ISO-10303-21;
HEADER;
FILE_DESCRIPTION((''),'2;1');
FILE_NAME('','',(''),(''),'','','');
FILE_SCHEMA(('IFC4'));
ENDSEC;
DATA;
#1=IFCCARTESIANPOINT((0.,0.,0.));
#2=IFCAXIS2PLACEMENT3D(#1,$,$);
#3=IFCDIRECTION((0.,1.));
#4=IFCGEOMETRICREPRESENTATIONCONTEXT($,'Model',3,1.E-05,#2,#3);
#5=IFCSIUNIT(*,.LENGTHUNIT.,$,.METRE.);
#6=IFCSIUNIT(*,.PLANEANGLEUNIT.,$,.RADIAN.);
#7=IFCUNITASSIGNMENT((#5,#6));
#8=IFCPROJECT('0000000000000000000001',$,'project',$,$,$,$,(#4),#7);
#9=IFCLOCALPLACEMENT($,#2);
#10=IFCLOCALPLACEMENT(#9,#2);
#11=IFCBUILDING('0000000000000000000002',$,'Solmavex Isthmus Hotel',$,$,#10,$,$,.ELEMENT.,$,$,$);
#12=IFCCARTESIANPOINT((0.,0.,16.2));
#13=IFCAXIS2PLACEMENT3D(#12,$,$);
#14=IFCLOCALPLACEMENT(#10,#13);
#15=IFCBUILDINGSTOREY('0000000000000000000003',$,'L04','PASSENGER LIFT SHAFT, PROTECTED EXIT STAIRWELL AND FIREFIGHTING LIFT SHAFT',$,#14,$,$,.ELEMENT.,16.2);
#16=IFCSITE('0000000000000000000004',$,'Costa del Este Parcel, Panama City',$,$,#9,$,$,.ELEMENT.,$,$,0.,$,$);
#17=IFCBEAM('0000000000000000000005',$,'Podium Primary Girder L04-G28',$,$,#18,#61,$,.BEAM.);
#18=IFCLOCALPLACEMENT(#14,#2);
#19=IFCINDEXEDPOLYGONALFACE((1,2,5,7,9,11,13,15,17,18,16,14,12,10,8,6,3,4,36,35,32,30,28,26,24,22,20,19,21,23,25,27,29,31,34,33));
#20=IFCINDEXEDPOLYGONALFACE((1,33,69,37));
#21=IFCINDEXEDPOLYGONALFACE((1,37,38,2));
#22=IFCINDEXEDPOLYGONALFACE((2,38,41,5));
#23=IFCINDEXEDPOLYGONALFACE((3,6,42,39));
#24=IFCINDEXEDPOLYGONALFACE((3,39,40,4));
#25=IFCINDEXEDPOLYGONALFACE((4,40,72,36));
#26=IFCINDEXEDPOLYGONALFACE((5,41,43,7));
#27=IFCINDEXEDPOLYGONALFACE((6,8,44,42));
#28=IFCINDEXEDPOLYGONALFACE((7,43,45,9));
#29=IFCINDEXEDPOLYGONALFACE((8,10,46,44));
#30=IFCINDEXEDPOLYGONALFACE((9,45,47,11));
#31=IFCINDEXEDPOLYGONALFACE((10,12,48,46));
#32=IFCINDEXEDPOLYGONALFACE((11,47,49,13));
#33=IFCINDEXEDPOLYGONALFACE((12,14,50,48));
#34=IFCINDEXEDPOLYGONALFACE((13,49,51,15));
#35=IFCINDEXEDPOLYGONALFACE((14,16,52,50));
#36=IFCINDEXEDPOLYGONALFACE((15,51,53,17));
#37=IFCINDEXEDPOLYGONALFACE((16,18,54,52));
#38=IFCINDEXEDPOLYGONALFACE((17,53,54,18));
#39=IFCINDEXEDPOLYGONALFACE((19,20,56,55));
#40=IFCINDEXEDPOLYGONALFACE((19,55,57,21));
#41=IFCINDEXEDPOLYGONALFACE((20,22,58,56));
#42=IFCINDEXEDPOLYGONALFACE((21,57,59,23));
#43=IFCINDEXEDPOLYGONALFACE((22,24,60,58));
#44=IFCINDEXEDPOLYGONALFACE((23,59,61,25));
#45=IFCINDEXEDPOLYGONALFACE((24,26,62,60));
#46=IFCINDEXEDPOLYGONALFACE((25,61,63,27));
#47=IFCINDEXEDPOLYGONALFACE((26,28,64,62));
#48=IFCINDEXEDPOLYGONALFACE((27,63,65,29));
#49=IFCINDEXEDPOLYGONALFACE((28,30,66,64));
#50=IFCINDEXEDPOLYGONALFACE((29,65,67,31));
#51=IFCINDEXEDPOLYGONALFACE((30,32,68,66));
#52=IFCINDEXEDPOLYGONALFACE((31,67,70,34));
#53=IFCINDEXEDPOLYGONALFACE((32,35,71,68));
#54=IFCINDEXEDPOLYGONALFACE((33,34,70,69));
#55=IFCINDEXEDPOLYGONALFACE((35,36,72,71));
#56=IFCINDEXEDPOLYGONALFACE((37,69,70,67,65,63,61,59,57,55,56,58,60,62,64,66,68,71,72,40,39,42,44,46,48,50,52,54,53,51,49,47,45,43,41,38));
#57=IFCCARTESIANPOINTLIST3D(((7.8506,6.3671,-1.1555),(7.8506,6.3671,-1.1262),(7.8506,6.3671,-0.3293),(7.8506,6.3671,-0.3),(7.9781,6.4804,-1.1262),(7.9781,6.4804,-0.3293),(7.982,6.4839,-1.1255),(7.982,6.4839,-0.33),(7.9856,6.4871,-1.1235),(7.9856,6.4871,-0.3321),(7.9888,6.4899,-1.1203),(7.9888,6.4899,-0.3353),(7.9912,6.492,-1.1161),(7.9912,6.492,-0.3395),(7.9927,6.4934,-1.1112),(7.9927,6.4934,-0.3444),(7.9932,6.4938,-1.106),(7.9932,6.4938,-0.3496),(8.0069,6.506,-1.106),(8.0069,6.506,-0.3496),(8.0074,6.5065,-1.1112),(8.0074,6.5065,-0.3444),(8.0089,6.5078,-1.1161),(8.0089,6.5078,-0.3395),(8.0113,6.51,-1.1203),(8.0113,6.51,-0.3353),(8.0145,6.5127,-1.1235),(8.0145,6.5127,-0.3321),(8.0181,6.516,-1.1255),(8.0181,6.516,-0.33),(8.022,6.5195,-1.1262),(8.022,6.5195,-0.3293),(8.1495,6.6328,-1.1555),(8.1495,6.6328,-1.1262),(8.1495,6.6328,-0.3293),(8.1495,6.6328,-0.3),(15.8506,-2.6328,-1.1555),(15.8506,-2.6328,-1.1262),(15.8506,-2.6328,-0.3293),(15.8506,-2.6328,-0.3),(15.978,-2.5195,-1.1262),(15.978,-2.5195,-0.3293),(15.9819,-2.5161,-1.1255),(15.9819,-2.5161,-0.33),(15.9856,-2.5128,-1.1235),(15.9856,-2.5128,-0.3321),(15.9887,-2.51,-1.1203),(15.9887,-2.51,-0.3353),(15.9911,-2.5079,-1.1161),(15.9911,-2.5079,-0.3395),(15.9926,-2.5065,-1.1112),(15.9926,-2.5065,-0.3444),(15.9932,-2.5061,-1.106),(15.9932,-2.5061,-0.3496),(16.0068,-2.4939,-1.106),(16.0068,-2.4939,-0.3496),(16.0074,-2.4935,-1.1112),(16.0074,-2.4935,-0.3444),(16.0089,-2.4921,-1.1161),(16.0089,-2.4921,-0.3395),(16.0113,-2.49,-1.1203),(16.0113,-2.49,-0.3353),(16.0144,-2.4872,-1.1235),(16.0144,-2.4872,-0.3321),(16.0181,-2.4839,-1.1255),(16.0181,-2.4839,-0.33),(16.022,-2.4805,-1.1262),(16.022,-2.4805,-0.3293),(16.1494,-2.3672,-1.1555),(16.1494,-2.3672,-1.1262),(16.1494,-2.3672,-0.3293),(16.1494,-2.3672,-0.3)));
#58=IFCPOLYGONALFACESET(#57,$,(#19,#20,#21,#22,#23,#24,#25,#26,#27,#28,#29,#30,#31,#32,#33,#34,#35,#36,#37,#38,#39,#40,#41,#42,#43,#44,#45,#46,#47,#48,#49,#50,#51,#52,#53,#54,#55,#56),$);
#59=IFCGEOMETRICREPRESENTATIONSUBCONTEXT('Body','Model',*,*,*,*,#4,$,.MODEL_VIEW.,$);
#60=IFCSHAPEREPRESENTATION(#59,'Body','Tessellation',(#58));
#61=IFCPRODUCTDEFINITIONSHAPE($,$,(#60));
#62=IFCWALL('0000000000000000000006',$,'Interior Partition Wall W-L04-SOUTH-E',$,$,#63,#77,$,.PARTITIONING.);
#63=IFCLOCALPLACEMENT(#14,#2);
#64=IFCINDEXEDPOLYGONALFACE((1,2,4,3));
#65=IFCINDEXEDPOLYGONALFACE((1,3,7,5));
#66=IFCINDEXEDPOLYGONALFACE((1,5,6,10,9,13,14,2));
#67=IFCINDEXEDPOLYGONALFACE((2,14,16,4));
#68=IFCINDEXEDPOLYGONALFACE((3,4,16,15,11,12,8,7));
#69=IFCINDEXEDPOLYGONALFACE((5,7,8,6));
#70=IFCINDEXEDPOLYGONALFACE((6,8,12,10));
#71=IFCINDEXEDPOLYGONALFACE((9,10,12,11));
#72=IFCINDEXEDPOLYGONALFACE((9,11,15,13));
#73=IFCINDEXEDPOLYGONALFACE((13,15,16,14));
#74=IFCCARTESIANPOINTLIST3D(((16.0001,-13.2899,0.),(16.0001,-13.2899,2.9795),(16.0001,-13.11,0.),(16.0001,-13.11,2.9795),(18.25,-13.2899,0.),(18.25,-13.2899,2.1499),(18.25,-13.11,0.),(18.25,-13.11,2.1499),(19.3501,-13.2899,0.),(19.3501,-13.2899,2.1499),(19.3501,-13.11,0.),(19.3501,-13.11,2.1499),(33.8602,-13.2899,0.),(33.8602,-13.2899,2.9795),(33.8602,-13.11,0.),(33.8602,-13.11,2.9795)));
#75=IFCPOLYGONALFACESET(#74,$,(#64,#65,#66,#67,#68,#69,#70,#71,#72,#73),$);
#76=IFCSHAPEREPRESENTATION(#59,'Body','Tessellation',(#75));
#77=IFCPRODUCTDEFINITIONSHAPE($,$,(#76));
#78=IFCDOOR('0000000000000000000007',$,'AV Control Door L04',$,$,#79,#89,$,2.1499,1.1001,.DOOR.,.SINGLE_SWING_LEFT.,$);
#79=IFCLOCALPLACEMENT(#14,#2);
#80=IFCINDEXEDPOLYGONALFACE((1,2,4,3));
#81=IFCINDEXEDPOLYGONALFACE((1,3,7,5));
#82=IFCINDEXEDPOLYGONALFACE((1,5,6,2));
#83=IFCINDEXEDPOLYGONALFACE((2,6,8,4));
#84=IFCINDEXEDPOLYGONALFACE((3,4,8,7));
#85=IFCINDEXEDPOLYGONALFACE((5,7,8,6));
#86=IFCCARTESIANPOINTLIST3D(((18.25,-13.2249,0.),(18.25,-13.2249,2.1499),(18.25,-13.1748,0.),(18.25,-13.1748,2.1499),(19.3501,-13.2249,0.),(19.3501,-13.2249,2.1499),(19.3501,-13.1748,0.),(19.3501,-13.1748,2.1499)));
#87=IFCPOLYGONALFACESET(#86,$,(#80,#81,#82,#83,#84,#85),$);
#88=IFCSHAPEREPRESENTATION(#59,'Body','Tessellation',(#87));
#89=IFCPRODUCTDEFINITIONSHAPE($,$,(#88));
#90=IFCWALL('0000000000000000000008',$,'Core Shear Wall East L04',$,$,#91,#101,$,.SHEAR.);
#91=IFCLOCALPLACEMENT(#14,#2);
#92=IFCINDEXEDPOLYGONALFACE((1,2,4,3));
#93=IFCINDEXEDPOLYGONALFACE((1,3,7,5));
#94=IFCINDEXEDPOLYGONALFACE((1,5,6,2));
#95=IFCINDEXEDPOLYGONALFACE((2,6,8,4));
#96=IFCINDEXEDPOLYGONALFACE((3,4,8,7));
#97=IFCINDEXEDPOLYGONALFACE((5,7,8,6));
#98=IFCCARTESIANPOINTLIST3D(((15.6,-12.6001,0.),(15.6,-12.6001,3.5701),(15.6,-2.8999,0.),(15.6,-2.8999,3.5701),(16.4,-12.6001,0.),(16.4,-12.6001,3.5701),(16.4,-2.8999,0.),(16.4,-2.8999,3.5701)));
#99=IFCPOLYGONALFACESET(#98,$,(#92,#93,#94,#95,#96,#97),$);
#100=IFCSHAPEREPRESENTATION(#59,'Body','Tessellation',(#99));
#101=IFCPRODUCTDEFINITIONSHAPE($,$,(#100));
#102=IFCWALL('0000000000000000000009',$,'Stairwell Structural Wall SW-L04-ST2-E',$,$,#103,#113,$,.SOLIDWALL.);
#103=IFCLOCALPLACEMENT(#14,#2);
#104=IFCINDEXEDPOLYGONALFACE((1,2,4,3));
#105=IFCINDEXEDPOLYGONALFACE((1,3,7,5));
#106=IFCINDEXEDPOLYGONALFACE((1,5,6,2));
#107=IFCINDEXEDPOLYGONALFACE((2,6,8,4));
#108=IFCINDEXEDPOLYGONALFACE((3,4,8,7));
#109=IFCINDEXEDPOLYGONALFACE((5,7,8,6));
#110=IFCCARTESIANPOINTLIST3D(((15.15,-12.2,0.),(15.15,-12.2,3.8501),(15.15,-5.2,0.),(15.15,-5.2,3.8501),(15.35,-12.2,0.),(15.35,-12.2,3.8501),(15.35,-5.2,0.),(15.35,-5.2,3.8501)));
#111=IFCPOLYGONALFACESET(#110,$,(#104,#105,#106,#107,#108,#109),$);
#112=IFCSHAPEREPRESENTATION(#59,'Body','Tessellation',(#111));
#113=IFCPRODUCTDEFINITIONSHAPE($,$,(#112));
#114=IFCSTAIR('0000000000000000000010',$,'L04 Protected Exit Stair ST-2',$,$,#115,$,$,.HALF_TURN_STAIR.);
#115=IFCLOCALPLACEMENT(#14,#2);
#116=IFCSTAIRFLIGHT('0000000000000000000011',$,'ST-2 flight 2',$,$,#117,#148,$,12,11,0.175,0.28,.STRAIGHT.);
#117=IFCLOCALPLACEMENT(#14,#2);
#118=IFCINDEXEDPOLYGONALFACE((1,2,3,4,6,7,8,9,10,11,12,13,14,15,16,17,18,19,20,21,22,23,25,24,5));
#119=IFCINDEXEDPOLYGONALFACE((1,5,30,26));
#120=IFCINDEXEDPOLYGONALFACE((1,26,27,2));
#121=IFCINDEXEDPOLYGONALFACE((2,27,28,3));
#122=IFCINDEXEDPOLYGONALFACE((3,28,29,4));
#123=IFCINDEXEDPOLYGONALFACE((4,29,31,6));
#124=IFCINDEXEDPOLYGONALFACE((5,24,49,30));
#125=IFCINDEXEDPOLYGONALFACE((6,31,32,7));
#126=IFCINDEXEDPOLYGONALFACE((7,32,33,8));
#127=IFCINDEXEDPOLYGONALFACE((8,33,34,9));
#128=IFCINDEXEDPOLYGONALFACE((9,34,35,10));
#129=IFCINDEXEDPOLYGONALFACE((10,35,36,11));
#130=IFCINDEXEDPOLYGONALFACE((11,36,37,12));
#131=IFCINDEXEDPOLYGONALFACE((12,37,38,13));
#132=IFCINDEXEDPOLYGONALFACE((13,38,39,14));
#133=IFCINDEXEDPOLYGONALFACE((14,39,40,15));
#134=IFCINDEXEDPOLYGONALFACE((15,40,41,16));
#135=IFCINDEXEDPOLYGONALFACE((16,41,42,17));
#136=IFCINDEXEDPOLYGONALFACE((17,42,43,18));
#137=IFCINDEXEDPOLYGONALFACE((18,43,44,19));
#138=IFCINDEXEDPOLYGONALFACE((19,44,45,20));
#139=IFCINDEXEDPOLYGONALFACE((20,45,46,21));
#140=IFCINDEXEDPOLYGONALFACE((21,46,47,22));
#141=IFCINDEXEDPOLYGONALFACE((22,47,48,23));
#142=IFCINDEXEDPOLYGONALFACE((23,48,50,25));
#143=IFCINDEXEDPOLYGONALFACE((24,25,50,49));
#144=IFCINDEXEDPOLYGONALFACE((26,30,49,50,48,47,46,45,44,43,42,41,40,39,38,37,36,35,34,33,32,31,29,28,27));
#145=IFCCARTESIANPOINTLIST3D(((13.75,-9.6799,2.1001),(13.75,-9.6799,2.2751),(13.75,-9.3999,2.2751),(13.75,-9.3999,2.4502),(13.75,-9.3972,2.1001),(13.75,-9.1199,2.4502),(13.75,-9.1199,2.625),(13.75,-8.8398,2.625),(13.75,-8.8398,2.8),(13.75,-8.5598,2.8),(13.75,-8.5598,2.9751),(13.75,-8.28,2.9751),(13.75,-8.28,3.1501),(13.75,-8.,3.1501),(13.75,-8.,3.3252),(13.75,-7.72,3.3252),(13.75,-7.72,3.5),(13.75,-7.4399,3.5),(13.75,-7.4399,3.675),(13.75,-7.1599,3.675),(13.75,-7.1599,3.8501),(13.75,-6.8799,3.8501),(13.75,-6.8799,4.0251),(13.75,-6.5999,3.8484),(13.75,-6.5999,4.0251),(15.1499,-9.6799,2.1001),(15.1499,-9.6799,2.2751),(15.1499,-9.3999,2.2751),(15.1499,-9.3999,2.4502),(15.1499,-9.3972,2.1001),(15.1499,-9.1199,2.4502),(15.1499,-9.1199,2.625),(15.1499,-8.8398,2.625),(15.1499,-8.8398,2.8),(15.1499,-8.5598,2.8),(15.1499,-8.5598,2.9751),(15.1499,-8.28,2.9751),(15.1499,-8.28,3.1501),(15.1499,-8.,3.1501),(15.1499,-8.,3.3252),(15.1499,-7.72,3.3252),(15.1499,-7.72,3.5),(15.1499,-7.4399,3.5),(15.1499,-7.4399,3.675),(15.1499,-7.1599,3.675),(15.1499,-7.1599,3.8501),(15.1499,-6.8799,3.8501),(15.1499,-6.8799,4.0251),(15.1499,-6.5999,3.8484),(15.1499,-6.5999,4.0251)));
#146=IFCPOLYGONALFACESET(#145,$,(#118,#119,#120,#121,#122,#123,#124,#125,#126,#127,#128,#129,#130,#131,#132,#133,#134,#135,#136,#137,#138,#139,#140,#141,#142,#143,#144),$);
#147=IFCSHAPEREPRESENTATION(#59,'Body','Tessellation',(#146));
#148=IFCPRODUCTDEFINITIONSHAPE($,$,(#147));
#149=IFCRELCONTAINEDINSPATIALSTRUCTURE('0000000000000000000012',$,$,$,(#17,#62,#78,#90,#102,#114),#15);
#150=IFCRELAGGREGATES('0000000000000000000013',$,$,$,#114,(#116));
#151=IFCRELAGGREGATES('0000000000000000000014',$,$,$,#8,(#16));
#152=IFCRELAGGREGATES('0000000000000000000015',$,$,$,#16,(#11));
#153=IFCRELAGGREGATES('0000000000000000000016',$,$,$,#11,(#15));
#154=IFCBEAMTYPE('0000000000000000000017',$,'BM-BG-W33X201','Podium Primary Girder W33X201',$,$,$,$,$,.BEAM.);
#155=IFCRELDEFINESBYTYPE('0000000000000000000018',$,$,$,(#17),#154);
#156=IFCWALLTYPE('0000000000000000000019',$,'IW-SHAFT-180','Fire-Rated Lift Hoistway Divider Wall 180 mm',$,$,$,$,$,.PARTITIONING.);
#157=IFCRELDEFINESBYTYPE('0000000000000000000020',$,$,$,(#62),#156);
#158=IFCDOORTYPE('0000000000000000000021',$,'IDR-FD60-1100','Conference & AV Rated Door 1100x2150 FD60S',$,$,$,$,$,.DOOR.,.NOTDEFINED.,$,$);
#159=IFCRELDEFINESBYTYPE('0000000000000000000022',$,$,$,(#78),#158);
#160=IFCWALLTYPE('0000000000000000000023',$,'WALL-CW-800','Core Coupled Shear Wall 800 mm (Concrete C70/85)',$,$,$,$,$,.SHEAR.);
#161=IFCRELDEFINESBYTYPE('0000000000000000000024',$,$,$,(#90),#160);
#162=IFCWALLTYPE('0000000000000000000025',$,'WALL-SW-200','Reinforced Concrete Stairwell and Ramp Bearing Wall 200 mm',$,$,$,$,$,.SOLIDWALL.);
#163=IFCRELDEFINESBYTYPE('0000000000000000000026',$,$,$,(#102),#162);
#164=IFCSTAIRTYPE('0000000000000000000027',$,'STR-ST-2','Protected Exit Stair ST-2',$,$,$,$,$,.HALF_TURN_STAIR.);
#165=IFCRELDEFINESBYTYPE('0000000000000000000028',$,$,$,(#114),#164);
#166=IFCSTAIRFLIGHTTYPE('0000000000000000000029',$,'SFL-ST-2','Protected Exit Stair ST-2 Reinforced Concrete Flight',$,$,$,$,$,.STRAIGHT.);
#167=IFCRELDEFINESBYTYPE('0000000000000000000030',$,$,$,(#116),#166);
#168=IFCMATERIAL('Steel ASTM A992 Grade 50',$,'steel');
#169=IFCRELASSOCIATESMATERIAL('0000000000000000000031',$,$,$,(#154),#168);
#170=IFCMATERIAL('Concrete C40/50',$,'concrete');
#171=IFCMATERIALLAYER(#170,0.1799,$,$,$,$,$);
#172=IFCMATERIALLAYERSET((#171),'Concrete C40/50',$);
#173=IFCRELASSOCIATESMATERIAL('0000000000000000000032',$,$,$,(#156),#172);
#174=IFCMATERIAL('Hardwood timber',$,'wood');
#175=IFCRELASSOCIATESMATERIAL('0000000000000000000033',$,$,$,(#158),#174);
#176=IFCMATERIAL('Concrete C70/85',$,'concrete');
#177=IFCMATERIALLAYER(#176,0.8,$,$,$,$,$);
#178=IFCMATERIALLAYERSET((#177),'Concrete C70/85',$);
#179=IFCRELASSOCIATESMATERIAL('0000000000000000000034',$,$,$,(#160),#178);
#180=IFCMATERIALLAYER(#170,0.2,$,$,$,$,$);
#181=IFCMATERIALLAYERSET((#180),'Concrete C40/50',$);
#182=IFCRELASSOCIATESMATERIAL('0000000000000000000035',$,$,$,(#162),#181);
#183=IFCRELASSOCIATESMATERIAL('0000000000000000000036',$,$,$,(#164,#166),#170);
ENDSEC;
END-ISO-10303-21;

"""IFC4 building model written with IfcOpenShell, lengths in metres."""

from ifc_helpers import new_model, si_unit, direction, frame, frame_2d, origin, origin_2d, place, context, subcontext, project, spatial, polyline, rectangle, i_section, outline, extrude, material, layer, layer_set, material_profile, profile_set, type_object, element, fill, aggregate, save


model = new_model("IFC4")

# Units and contexts
model_context = context("Model", 3, precision=1e-05, world=origin(), true_north=direction((0.0, 1.0)))
body_context = subcontext(model_context, "Body", "Model", "MODEL_VIEW")
ifc_project = project(units=[si_unit("LENGTHUNIT", "METRE"), si_unit("PLANEANGLEUNIT", "RADIAN")], contexts=[model_context])

# Site, building, storey
site_placement = place(None, origin())
site = spatial("IfcSite", under=ifc_project, at=site_placement, Name="Costa del Este Parcel, Panama City", CompositionType="ELEMENT", RefElevation=0.0)
building_placement = place(site_placement, origin())
building = spatial("IfcBuilding", under=site, at=building_placement, Name="Solmavex Isthmus Hotel", CompositionType="ELEMENT")
storey_placement = place(building_placement, frame((0.0, 0.0, 16.2)))
storey = spatial("IfcBuildingStorey", under=building, at=storey_placement, Name="L04", Description="PASSENGER LIFT SHAFT, PROTECTED EXIT STAIRWELL AND FIREFIGHTING LIFT SHAFT", CompositionType="ELEMENT", Elevation=16.2)

# Shared definitions
ifc_material_1 = material(Name="Concrete C70/85", Category="concrete")

# Beam
ifc_material_2 = material(Name="Steel ASTM A992 Grade 50", Category="steel")
ifc_material_profile_1 = material_profile(ifc_material_2, i_section(OverallWidth=0.3999, OverallDepth=0.8555, WebThickness=0.0183, FlangeThickness=0.0293, FilletRadius=0.0203, at=origin_2d()), Name="W33X201")
ifc_profile_set_1 = profile_set([ifc_material_profile_1], Name="Steel ASTM A992 Grade 50")
beam_type_1 = type_object("IfcBeamType", Name="BM-BG-W33X201", Description="Podium Primary Girder W33X201", PredefinedType="BEAM", material=ifc_profile_set_1)
beam_1_placement = place(storey_placement, frame((16.0, -2.5, -0.7278), z_axis=(-0.664364, 0.747409, 0.0), x_axis=(-0.747409, -0.664364, 0.0)))
element("IfcBeam", 1, at=beam_1_placement, inside=storey, type_object=beam_type_1, Name="Podium Primary Girder L04-G28", PredefinedType="BEAM", context=body_context, shape_type="SweptSolid", body=[
    extrude(i_section(OverallWidth=0.3999, OverallDepth=0.8555, WebThickness=0.0183, FlangeThickness=0.0293, FilletRadius=0.0203, at=origin_2d()), origin(), (0.0, 0.0, 1.0), 12.0415),
])

# Wall, opening, door
ifc_material_3 = material(Name="Concrete C40/50", Category="concrete")
ifc_layer_1 = layer(ifc_material_3, 0.1799)
ifc_layer_set_1 = layer_set([ifc_layer_1], Name="Concrete C40/50")
wall_type_1 = type_object("IfcWallType", Name="IW-SHAFT-180", Description="Fire-Rated Lift Hoistway Divider Wall 180 mm", PredefinedType="PARTITIONING", material=ifc_layer_set_1)
wall_1_placement = place(storey_placement, frame((16.0, -13.2, 0.0), z_axis=(0.0, 0.0, 1.0), x_axis=(1.0, 0.0, 0.0)))
wall_1 = element("IfcWall", 2, at=wall_1_placement, inside=storey, type_object=wall_type_1, Name="Interior Partition Wall W-L04-SOUTH-E", PredefinedType="PARTITIONING", context=body_context, shape_type="SweptSolid", body=[
    extrude(rectangle(XDim=17.8601, YDim=0.1799, at=frame_2d((8.9302, 0.0))), origin(), (0.0, 0.0, 1.0), 2.9795),
])
opening_placement = place(wall_1_placement, frame((2.25, 0.0, 0.0)))
opening = element("IfcOpeningElement", 3, at=opening_placement, cuts=wall_1, PredefinedType="OPENING", context=body_context, shape_type="SweptSolid", body=[
    extrude(rectangle(XDim=1.1001, YDim=2.1499, at=frame_2d((0.55, 1.075))), frame((0.0, 0.0999, 0.0), z_axis=(0.0, -1.0, 0.0), x_axis=(1.0, 0.0, 0.0)), (0.0, 0.0, 1.0), 0.2),
])
ifc_material_4 = material(Name="Hardwood timber", Category="wood")
door_type = type_object("IfcDoorType", Name="IDR-FD60-1100", Description="Conference & AV Rated Door 1100x2150 FD60S", OperationType="NOTDEFINED", PredefinedType="DOOR", material=ifc_material_4)
door_placement = place(opening_placement, frame((1.1001, 0.0, 0.0), z_axis=(0.0, 0.0, 1.0), x_axis=(-1.0, 0.0, 0.0)))
door = element("IfcDoor", 4, at=door_placement, inside=storey, type_object=door_type, Name="AV Control Door L04", OperationType="SINGLE_SWING_LEFT", OverallHeight=2.1499, OverallWidth=1.1001, PredefinedType="DOOR", context=body_context, shape_type="SweptSolid", body=[
    extrude(rectangle(XDim=1.1001, YDim=2.1499, at=frame_2d((0.55, 1.075))), frame((0.0, 0.0249, 0.0), z_axis=(0.0, -1.0, 0.0), x_axis=(1.0, 0.0, 0.0)), (0.0, 0.0, 1.0), 0.05),
])
fill(opening, door)

# Walls
ifc_layer_2 = layer(ifc_material_1, 0.8)
ifc_layer_set_2 = layer_set([ifc_layer_2], Name="Concrete C70/85")
wall_type_2 = type_object("IfcWallType", Name="WALL-CW-800", Description="Core Coupled Shear Wall 800 mm (Concrete C70/85)", PredefinedType="SHEAR", material=ifc_layer_set_2)
wall_2_placement = place(storey_placement, frame((16.0, -12.6001, 0.0), z_axis=(0.0, 0.0, 1.0), x_axis=(0.0, 1.0, 0.0)))
element("IfcWall", 5, at=wall_2_placement, inside=storey, type_object=wall_type_2, Name="Core Shear Wall East L04", PredefinedType="SHEAR", context=body_context, shape_type="SweptSolid", body=[
    extrude(rectangle(XDim=9.7002, YDim=0.8, at=frame_2d((4.8501, 0.0))), origin(), (0.0, 0.0, 1.0), 3.5701),
])
ifc_layer_3 = layer(ifc_material_3, 0.2)
ifc_layer_set_3 = layer_set([ifc_layer_3], Name="Concrete C40/50")
wall_type_3 = type_object("IfcWallType", Name="WALL-SW-200", Description="Reinforced Concrete Stairwell and Ramp Bearing Wall 200 mm", PredefinedType="SOLIDWALL", material=ifc_layer_set_3)
wall_3_placement = place(storey_placement, frame((15.25, -12.2, 0.0), z_axis=(0.0, 0.0, 1.0), x_axis=(0.0, 1.0, 0.0)))
element("IfcWall", 6, at=wall_3_placement, inside=storey, type_object=wall_type_3, Name="Stairwell Structural Wall SW-L04-ST2-E", PredefinedType="SOLIDWALL", context=body_context, shape_type="SweptSolid", body=[
    extrude(rectangle(XDim=7.0, YDim=0.2, at=frame_2d((3.5, 0.0))), origin(), (0.0, 0.0, 1.0), 3.8501),
])

# Stair, stair flight
stair_type = type_object("IfcStairType", Name="STR-ST-2", Description="Protected Exit Stair ST-2", PredefinedType="HALF_TURN_STAIR", material=ifc_material_3)
stair_placement = place(storey_placement, origin())
stair = element("IfcStair", 7, at=stair_placement, inside=storey, type_object=stair_type, Name="L04 Protected Exit Stair ST-2", PredefinedType="HALF_TURN_STAIR")
stair_flight_type = type_object("IfcStairFlightType", Name="SFL-ST-2", Description="Protected Exit Stair ST-2 Reinforced Concrete Flight", PredefinedType="STRAIGHT", material=ifc_material_3)
stair_flight_placement = place(storey_placement, frame((14.45, -9.6799, 2.1001), z_axis=(0.0, 0.0, 1.0), x_axis=(0.0, 1.0, 0.0)))
stair_flight = element("IfcStairFlight", 8, at=stair_flight_placement, type_object=stair_flight_type, Name="ST-2 flight 2", NumberOfRisers=12, NumberOfTreads=11, PredefinedType="STRAIGHT", RiserHeight=0.175, TreadLength=0.28, context=body_context, shape_type="SweptSolid", body=[
    extrude(outline(polyline([(0.0, 0.0), (0.0, 0.175), (0.28, 0.175), (0.28, 0.3501), (0.5601, 0.3501), (0.5601, 0.5249), (0.8401, 0.5249), (0.8401, 0.7), (1.1201, 0.7), (1.1201, 0.875), (1.3999, 0.875), (1.3999, 1.05), (1.6799, 1.05), (1.6799, 1.2251), (1.96, 1.2251), (1.96, 1.3999), (2.24, 1.3999), (2.24, 1.575), (2.52, 1.575), (2.52, 1.75), (2.8, 1.75), (2.8, 1.925), (3.0801, 1.925), (3.0801, 2.1001), (3.0801, 1.7483), (0.2827, 0.0), (0.0, 0.0)])), frame((0.0, 0.7, 0.0), z_axis=(0.0, -1.0, 0.0), x_axis=(1.0, 0.0, 0.0)), (0.0, 0.0, 1.0), 1.3999),
])
aggregate(stair, [stair_flight])

save(model, "model.ifc")
